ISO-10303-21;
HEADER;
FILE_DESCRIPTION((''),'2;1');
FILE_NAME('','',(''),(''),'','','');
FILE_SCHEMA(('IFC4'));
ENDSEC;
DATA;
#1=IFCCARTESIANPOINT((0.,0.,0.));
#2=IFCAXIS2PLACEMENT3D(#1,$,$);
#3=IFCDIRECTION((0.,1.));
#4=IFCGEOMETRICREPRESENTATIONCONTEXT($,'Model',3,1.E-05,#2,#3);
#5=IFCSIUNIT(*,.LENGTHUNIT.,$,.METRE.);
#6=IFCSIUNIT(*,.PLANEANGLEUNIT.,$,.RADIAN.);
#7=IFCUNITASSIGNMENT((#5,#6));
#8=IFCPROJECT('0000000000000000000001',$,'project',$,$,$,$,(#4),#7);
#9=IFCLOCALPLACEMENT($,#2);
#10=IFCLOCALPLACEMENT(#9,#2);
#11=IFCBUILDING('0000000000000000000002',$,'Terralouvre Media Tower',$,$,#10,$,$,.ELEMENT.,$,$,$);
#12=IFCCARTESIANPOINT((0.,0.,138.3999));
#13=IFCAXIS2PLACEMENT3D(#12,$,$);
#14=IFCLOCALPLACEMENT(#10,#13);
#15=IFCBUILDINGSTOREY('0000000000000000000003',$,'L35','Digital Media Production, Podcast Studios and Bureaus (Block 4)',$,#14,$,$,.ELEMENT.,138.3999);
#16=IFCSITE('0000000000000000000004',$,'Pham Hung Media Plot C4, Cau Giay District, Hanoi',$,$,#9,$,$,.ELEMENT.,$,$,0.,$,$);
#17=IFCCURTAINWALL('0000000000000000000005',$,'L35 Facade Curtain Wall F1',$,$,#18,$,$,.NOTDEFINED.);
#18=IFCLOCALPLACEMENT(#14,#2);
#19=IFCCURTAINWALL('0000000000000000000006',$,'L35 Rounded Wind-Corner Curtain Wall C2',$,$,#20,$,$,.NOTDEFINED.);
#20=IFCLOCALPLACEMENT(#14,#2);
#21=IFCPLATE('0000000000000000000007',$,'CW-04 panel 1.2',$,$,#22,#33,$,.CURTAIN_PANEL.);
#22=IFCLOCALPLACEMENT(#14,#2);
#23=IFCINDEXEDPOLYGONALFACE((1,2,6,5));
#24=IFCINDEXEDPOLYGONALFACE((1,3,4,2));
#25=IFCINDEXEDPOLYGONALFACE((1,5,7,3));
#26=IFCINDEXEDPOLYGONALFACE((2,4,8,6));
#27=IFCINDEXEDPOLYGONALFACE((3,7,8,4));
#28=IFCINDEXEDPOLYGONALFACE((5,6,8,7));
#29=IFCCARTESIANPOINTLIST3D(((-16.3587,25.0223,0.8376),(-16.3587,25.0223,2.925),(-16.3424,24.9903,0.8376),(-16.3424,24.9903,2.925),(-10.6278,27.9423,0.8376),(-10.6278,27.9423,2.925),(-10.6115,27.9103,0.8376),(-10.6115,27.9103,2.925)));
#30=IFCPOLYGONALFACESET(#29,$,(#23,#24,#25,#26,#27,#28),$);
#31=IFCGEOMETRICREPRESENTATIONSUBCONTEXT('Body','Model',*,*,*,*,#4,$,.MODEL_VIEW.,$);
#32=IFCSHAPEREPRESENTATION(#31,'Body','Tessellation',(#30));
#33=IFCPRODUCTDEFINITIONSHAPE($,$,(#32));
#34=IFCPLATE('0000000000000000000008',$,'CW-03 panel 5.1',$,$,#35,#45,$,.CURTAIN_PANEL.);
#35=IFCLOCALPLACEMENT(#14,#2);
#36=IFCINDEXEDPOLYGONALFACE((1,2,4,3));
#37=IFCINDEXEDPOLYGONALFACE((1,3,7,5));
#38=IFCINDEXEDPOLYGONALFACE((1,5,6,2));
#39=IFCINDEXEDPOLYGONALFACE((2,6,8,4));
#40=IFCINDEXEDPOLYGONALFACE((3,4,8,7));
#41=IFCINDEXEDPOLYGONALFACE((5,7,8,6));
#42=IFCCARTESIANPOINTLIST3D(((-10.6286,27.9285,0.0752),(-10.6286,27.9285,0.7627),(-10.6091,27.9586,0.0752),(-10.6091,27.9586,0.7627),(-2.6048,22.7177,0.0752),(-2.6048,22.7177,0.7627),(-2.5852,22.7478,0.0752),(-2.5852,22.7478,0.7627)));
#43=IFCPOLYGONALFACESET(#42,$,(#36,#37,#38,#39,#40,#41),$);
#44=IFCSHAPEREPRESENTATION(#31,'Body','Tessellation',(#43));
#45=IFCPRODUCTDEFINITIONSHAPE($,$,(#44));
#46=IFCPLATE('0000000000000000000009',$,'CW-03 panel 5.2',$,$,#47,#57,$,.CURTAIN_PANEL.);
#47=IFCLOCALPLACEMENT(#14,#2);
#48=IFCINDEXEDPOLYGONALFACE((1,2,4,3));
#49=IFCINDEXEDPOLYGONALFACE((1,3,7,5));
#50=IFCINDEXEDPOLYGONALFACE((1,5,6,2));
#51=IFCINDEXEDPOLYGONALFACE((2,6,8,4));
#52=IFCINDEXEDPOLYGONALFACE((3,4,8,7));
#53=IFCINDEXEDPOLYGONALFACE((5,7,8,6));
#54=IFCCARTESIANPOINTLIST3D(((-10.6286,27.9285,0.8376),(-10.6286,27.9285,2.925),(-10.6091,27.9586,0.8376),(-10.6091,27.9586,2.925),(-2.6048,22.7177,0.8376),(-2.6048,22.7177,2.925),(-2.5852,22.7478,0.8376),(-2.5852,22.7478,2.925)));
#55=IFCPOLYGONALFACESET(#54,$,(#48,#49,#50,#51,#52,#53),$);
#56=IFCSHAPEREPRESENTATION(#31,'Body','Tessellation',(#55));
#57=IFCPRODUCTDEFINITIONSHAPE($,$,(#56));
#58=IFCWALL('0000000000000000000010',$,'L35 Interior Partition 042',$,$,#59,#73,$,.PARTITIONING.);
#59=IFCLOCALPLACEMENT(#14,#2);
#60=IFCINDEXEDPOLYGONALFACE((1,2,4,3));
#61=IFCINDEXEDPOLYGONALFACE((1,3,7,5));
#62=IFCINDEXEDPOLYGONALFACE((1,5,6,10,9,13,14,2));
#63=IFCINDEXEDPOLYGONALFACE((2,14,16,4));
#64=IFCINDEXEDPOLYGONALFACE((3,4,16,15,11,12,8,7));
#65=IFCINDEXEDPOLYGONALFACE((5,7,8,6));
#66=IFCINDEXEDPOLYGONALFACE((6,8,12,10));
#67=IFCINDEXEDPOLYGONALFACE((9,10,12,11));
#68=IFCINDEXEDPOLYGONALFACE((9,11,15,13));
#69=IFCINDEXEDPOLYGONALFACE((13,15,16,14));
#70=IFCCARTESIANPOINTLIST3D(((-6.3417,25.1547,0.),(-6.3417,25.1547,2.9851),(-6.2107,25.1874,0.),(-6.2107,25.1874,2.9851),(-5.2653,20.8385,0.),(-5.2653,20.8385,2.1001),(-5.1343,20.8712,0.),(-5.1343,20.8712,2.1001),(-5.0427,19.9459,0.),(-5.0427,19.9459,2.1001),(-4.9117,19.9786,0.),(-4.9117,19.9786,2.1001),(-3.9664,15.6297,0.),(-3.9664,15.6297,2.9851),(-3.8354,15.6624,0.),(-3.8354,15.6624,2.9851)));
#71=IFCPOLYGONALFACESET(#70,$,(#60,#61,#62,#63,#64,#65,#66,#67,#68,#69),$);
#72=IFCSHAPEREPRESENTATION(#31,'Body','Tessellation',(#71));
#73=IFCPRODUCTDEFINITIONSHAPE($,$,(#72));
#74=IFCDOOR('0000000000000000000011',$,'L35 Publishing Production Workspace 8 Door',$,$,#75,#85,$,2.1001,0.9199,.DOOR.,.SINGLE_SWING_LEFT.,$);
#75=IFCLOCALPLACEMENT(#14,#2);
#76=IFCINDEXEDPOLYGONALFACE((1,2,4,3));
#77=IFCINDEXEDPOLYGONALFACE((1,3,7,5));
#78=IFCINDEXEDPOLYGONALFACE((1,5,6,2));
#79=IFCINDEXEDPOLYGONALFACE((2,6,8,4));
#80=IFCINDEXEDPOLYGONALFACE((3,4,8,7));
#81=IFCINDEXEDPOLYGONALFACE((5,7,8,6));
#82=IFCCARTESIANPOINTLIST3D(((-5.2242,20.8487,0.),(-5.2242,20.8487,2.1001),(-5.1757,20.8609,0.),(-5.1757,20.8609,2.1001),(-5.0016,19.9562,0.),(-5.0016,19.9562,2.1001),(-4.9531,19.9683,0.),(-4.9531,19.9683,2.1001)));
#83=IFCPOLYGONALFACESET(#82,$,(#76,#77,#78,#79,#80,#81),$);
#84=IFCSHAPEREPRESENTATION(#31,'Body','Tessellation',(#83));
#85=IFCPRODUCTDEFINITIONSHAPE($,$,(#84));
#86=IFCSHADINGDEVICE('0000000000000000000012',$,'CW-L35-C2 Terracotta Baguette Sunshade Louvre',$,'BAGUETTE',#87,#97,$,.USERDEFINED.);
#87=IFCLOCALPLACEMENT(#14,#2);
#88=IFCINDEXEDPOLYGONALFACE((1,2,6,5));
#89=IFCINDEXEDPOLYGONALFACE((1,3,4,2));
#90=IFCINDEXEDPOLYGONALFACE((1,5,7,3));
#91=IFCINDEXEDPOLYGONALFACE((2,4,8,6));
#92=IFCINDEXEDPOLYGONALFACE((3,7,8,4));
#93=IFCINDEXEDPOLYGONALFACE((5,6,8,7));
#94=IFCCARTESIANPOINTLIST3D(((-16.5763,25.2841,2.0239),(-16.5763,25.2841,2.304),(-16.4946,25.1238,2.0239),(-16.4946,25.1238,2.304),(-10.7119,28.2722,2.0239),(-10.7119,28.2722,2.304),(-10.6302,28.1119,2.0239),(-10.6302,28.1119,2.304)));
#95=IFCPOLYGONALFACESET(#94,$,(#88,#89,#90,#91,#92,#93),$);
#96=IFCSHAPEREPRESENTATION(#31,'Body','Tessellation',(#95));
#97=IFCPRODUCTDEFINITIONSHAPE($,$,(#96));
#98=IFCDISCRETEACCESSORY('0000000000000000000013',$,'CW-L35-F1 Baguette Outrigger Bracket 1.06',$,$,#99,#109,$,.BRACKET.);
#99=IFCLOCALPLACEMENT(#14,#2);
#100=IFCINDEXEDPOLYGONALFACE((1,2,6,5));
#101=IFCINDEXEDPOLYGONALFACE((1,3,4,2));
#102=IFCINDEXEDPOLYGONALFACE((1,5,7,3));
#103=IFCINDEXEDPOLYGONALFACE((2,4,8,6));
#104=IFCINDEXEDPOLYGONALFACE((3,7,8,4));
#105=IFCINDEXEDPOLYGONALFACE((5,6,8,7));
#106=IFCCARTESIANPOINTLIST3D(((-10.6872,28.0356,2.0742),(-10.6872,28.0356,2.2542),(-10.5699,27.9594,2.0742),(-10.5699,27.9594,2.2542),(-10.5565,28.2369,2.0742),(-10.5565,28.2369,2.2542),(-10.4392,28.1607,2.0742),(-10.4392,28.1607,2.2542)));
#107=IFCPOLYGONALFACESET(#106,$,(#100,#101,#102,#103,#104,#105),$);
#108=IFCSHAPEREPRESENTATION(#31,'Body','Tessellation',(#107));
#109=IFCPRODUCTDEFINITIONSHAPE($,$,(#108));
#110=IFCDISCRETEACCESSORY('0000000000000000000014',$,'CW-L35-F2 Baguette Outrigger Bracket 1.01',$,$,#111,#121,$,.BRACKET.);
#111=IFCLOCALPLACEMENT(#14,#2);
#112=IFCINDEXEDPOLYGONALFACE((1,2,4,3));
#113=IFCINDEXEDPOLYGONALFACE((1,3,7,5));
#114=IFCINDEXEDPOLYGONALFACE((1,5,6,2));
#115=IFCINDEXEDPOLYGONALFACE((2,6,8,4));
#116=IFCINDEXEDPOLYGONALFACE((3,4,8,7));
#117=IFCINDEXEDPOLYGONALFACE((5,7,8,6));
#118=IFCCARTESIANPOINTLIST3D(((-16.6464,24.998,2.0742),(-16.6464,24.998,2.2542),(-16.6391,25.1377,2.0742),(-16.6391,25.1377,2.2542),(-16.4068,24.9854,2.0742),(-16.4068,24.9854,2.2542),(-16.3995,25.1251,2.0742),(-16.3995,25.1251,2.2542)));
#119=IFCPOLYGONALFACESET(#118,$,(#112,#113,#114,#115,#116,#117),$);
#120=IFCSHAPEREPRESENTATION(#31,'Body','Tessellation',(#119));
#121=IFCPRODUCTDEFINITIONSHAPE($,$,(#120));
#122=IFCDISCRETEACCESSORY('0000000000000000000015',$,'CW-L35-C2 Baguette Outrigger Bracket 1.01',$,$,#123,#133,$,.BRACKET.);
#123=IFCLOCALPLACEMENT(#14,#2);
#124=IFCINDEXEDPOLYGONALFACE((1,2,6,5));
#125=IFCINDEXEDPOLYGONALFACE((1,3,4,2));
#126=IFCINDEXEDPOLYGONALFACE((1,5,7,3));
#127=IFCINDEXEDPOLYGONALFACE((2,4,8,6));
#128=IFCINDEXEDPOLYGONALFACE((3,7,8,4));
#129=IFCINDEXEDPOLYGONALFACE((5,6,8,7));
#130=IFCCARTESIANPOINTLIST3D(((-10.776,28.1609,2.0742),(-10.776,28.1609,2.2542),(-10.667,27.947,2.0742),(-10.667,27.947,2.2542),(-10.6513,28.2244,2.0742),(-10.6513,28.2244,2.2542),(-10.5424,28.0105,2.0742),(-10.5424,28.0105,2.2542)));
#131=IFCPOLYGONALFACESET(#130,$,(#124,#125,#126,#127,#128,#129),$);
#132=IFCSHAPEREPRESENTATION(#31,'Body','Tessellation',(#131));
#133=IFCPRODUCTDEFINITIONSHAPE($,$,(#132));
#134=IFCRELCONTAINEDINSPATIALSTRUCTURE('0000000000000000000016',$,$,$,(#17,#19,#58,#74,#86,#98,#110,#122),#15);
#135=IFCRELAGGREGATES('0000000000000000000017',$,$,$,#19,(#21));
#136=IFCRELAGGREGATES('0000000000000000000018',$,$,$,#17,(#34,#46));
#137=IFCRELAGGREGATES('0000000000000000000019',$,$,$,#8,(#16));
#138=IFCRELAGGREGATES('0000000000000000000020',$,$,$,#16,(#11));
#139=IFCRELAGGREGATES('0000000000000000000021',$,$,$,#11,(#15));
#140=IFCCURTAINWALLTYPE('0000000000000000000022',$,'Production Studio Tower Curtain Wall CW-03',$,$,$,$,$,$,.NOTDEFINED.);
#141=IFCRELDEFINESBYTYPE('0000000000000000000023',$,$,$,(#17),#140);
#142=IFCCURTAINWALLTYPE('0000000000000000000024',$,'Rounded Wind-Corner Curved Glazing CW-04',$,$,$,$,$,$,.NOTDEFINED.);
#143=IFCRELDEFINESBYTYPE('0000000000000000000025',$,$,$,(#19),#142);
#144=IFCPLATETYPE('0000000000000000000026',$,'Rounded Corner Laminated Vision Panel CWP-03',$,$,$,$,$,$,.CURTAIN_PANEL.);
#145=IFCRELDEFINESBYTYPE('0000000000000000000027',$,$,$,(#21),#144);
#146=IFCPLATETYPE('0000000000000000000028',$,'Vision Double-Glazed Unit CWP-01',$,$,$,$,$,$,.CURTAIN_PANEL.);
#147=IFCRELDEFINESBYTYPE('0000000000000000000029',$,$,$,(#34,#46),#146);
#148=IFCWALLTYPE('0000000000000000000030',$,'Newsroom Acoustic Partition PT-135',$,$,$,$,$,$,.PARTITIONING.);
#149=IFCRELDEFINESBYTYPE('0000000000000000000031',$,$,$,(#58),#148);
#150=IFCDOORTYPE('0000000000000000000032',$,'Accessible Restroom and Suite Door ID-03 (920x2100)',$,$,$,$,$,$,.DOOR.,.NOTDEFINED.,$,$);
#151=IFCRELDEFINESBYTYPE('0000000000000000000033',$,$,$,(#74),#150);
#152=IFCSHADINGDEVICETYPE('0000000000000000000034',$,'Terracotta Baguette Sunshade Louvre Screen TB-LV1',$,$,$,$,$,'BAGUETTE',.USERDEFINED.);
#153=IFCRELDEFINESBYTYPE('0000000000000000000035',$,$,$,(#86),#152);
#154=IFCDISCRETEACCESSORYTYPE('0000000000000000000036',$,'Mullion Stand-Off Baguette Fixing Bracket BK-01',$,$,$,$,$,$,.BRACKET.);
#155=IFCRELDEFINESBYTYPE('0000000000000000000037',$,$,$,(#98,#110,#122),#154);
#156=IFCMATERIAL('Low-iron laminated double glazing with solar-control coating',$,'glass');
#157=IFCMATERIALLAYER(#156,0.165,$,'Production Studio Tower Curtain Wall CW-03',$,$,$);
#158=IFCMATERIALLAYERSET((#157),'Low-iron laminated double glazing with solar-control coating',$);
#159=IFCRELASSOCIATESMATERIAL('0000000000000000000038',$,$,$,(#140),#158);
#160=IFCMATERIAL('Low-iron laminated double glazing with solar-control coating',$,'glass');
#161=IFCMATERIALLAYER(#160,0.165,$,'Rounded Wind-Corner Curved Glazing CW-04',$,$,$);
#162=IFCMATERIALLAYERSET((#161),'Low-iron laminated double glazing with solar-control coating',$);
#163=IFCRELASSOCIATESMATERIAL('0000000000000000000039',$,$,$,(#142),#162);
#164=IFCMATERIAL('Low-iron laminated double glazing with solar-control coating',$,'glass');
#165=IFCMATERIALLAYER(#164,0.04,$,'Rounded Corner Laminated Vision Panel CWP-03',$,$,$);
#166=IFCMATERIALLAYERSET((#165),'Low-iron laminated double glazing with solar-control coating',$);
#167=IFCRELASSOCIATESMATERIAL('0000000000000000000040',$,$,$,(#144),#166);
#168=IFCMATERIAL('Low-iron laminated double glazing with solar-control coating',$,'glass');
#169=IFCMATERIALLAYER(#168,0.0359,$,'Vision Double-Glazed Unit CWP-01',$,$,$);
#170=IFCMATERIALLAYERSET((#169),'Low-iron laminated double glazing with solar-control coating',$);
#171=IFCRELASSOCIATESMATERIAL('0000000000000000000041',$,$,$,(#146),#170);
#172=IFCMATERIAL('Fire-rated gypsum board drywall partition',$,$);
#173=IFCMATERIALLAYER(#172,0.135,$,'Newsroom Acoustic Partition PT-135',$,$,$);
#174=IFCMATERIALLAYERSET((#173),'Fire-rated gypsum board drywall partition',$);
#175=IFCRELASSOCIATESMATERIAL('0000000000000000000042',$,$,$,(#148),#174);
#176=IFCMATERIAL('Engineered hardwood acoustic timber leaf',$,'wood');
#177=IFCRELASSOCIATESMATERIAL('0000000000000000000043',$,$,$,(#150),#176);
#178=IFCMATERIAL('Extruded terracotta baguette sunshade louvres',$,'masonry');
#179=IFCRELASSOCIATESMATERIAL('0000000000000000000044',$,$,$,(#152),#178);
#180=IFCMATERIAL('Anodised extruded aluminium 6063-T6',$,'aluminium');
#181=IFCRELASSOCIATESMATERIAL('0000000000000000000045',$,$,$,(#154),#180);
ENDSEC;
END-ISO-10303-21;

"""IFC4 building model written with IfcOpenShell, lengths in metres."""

from ifc_helpers import new_model, si_unit, direction, frame, frame_2d, origin, origin_2d, place, context, subcontext, project, spatial, rectangle, extrude, material, layer, layer_set, type_object, element, fill, aggregate, save


model = new_model("IFC4")

# Units and contexts
model_context = context("Model", 3, precision=1e-05, world=origin(), true_north=direction((0.0, 1.0)))
body_context = subcontext(model_context, "Body", "Model", "MODEL_VIEW")
ifc_project = project(units=[si_unit("LENGTHUNIT", "METRE"), si_unit("PLANEANGLEUNIT", "RADIAN")], contexts=[model_context])

# Site, building, storey
site_placement = place(None, origin())
site = spatial("IfcSite", under=ifc_project, at=site_placement, Name="Pham Hung Media Plot C4, Cau Giay District, Hanoi", CompositionType="ELEMENT", RefElevation=0.0)
building_placement = place(site_placement, origin())
building = spatial("IfcBuilding", under=site, at=building_placement, Name="Terralouvre Media Tower", CompositionType="ELEMENT")
storey_placement = place(building_placement, frame((0.0, 0.0, 138.3999)))
storey = spatial("IfcBuildingStorey", under=building, at=storey_placement, Name="L35", Description="Digital Media Production, Podcast Studios and Bureaus (Block 4)", CompositionType="ELEMENT", Elevation=138.3999)

# Curtain wall
ifc_material_1 = material(Name="Low-iron laminated double glazing with solar-control coating", Category="glass")
ifc_layer_1 = layer(ifc_material_1, 0.165, Name="Production Studio Tower Curtain Wall CW-03")
ifc_layer_set_1 = layer_set([ifc_layer_1], Name="Low-iron laminated double glazing with solar-control coating")
curtain_wall_type_1 = type_object("IfcCurtainWallType", Name="Production Studio Tower Curtain Wall CW-03", PredefinedType="NOTDEFINED", material=ifc_layer_set_1)
curtain_wall_1_placement = place(storey_placement, origin())
curtain_wall_1 = element("IfcCurtainWall", 1, at=curtain_wall_1_placement, inside=storey, type_object=curtain_wall_type_1, Name="L35 Facade Curtain Wall F1", PredefinedType="NOTDEFINED")

# Curtain wall
ifc_material_2 = material(Name="Low-iron laminated double glazing with solar-control coating", Category="glass")
ifc_layer_2 = layer(ifc_material_2, 0.165, Name="Rounded Wind-Corner Curved Glazing CW-04")
ifc_layer_set_2 = layer_set([ifc_layer_2], Name="Low-iron laminated double glazing with solar-control coating")
curtain_wall_type_2 = type_object("IfcCurtainWallType", Name="Rounded Wind-Corner Curved Glazing CW-04", PredefinedType="NOTDEFINED", material=ifc_layer_set_2)
curtain_wall_2_placement = place(storey_placement, origin())
curtain_wall_2 = element("IfcCurtainWall", 2, at=curtain_wall_2_placement, inside=storey, type_object=curtain_wall_type_2, Name="L35 Rounded Wind-Corner Curtain Wall C2", PredefinedType="NOTDEFINED")

# Plates
ifc_material_3 = material(Name="Low-iron laminated double glazing with solar-control coating", Category="glass")
ifc_layer_3 = layer(ifc_material_3, 0.04, Name="Rounded Corner Laminated Vision Panel CWP-03")
ifc_layer_set_3 = layer_set([ifc_layer_3], Name="Low-iron laminated double glazing with solar-control coating")
plate_type_1 = type_object("IfcPlateType", Name="Rounded Corner Laminated Vision Panel CWP-03", PredefinedType="CURTAIN_PANEL", material=ifc_layer_set_3)
plate_1_placement = place(storey_placement, frame((-13.4851, 26.4663, 0.8376), z_axis=(0.0, 0.0, 1.0), x_axis=(-0.891007, -0.45399, 0.0)))
plate_1 = element("IfcPlate", 3, at=plate_1_placement, type_object=plate_type_1, Name="CW-04 panel 1.2", PredefinedType="CURTAIN_PANEL", context=body_context, shape_type="SweptSolid", body=[
    extrude(rectangle(XDim=6.4319, YDim=0.0359, at=origin_2d()), origin(), (0.0, 0.0, 1.0), 2.0874),
])
aggregate(curtain_wall_2, [plate_1])
ifc_material_4 = material(Name="Low-iron laminated double glazing with solar-control coating", Category="glass")
ifc_layer_4 = layer(ifc_material_4, 0.0359, Name="Vision Double-Glazed Unit CWP-01")
ifc_layer_set_4 = layer_set([ifc_layer_4], Name="Low-iron laminated double glazing with solar-control coating")
plate_type_2 = type_object("IfcPlateType", Name="Vision Double-Glazed Unit CWP-01", PredefinedType="CURTAIN_PANEL", material=ifc_layer_set_4)
plate_2_placement = place(storey_placement, frame((-6.6069, 25.3381, 0.0752), z_axis=(0.0, 0.0, 1.0), x_axis=(-0.838671, 0.544639, 0.0)))
plate_2 = element("IfcPlate", 4, at=plate_2_placement, type_object=plate_type_2, Name="CW-03 panel 5.1", PredefinedType="CURTAIN_PANEL", context=body_context, shape_type="SweptSolid", body=[
    extrude(rectangle(XDim=9.5674, YDim=0.0359, at=origin_2d()), origin(), (0.0, 0.0, 1.0), 0.6875),
])
plate_3_placement = place(storey_placement, frame((-6.6069, 25.3381, 0.8376), z_axis=(0.0, 0.0, 1.0), x_axis=(-0.838671, 0.544639, 0.0)))
plate_3 = element("IfcPlate", 5, at=plate_3_placement, type_object=plate_type_2, Name="CW-03 panel 5.2", PredefinedType="CURTAIN_PANEL", context=body_context, shape_type="SweptSolid", body=[
    extrude(rectangle(XDim=9.5674, YDim=0.0359, at=origin_2d()), origin(), (0.0, 0.0, 1.0), 2.0874),
])
aggregate(curtain_wall_1, [plate_2, plate_3])

# Wall, opening, door
ifc_material_5 = material(Name="Fire-rated gypsum board drywall partition")
ifc_layer_5 = layer(ifc_material_5, 0.135, Name="Newsroom Acoustic Partition PT-135")
ifc_layer_set_5 = layer_set([ifc_layer_5], Name="Fire-rated gypsum board drywall partition")
wall_type = type_object("IfcWallType", Name="Newsroom Acoustic Partition PT-135", PredefinedType="PARTITIONING", material=ifc_layer_set_5)
wall_placement = place(storey_placement, frame((-6.2761, 25.1709, 0.0), z_axis=(0.0, 0.0, 1.0), x_axis=(0.241962, -0.970286, 0.0)))
wall = element("IfcWall", 6, at=wall_placement, inside=storey, type_object=wall_type, Name="L35 Interior Partition 042", PredefinedType="PARTITIONING", context=body_context, shape_type="SweptSolid", body=[
    extrude(rectangle(XDim=9.8167, YDim=0.135, at=frame_2d((4.9082, 0.0))), origin(), (0.0, 0.0, 1.0), 2.9851),
])
opening_placement = place(wall_placement, frame((4.4482, 0.0, 0.0)))
opening = element("IfcOpeningElement", 7, at=opening_placement, cuts=wall, PredefinedType="OPENING", context=body_context, shape_type="SweptSolid", body=[
    extrude(rectangle(XDim=0.9199, YDim=2.1001, at=frame_2d((0.46, 1.05))), frame((0.0, 0.0774, 0.0), z_axis=(0.0, -1.0, 0.0), x_axis=(1.0, 0.0, 0.0)), (0.0, 0.0, 1.0), 0.155),
])
ifc_material_6 = material(Name="Engineered hardwood acoustic timber leaf", Category="wood")
door_type = type_object("IfcDoorType", Name="Accessible Restroom and Suite Door ID-03 (920x2100)", OperationType="NOTDEFINED", PredefinedType="DOOR", material=ifc_material_6)
door_placement = place(opening_placement, origin())
door = element("IfcDoor", 8, at=door_placement, inside=storey, type_object=door_type, Name="L35 Publishing Production Workspace 8 Door", OperationType="SINGLE_SWING_LEFT", OverallHeight=2.1001, OverallWidth=0.9199, PredefinedType="DOOR", context=body_context, shape_type="SweptSolid", body=[
    extrude(rectangle(XDim=0.9199, YDim=2.1001, at=frame_2d((0.46, 1.05))), frame((0.0, 0.0249, 0.0), z_axis=(0.0, -1.0, 0.0), x_axis=(1.0, 0.0, 0.0)), (0.0, 0.0, 1.0), 0.05),
])
fill(opening, door)

# Shading device
ifc_material_7 = material(Name="Extruded terracotta baguette sunshade louvres", Category="masonry")
shading_device_type = type_object("IfcShadingDeviceType", Name="Terracotta Baguette Sunshade Louvre Screen TB-LV1", ElementType="BAGUETTE", PredefinedType="USERDEFINED", material=ifc_material_7)
shading_device_placement = place(storey_placement, frame((-13.6033, 26.698, 2.0239), z_axis=(0.0, 0.0, 1.0), x_axis=(-0.891007, -0.45399, 0.0)))
element("IfcShadingDevice", 9, at=shading_device_placement, inside=storey, type_object=shading_device_type, Name="CW-L35-C2 Terracotta Baguette Sunshade Louvre", ObjectType="BAGUETTE", PredefinedType="USERDEFINED", context=body_context, shape_type="SweptSolid", body=[
    extrude(rectangle(XDim=6.5818, YDim=0.1799, at=origin_2d()), origin(), (0.0, 0.0, 1.0), 0.28),
])

# Discrete accessories
ifc_material_8 = material(Name="Anodised extruded aluminium 6063-T6", Category="aluminium")
discrete_accessory_type = type_object("IfcDiscreteAccessoryType", Name="Mullion Stand-Off Baguette Fixing Bracket BK-01", PredefinedType="BRACKET", material=ifc_material_8)
for number, where, z_axis, x_axis, name in (
    (10, (-10.5632, 28.0981, 2.0742), (0.0, 0.0, 1.0), (-0.838671, 0.544639, 0.0), "CW-L35-F1 Baguette Outrigger Bracket 1.06"),
    (11, (-16.5229, 25.0615, 2.0742), (0.0, 0.0, 1.0), (-0.052336, -0.99863, 0.0), "CW-L35-F2 Baguette Outrigger Bracket 1.01"),
    (12, (-10.6592, 28.0857, 2.0742), (0.0, 0.0, 1.0), (-0.891007, -0.45399, 0.0), "CW-L35-C2 Baguette Outrigger Bracket 1.01"),
):
    element("IfcDiscreteAccessory", number, at=place(storey_placement, frame(where, z_axis=z_axis, x_axis=x_axis)), inside=storey, type_object=discrete_accessory_type, Name=name, PredefinedType="BRACKET", context=body_context, shape_type="SweptSolid", body=[
        extrude(rectangle(XDim=0.1399, YDim=0.24, at=origin_2d()), origin(), (0.0, 0.0, 1.0), 0.1799),
    ])

save(model, "model.ifc")
